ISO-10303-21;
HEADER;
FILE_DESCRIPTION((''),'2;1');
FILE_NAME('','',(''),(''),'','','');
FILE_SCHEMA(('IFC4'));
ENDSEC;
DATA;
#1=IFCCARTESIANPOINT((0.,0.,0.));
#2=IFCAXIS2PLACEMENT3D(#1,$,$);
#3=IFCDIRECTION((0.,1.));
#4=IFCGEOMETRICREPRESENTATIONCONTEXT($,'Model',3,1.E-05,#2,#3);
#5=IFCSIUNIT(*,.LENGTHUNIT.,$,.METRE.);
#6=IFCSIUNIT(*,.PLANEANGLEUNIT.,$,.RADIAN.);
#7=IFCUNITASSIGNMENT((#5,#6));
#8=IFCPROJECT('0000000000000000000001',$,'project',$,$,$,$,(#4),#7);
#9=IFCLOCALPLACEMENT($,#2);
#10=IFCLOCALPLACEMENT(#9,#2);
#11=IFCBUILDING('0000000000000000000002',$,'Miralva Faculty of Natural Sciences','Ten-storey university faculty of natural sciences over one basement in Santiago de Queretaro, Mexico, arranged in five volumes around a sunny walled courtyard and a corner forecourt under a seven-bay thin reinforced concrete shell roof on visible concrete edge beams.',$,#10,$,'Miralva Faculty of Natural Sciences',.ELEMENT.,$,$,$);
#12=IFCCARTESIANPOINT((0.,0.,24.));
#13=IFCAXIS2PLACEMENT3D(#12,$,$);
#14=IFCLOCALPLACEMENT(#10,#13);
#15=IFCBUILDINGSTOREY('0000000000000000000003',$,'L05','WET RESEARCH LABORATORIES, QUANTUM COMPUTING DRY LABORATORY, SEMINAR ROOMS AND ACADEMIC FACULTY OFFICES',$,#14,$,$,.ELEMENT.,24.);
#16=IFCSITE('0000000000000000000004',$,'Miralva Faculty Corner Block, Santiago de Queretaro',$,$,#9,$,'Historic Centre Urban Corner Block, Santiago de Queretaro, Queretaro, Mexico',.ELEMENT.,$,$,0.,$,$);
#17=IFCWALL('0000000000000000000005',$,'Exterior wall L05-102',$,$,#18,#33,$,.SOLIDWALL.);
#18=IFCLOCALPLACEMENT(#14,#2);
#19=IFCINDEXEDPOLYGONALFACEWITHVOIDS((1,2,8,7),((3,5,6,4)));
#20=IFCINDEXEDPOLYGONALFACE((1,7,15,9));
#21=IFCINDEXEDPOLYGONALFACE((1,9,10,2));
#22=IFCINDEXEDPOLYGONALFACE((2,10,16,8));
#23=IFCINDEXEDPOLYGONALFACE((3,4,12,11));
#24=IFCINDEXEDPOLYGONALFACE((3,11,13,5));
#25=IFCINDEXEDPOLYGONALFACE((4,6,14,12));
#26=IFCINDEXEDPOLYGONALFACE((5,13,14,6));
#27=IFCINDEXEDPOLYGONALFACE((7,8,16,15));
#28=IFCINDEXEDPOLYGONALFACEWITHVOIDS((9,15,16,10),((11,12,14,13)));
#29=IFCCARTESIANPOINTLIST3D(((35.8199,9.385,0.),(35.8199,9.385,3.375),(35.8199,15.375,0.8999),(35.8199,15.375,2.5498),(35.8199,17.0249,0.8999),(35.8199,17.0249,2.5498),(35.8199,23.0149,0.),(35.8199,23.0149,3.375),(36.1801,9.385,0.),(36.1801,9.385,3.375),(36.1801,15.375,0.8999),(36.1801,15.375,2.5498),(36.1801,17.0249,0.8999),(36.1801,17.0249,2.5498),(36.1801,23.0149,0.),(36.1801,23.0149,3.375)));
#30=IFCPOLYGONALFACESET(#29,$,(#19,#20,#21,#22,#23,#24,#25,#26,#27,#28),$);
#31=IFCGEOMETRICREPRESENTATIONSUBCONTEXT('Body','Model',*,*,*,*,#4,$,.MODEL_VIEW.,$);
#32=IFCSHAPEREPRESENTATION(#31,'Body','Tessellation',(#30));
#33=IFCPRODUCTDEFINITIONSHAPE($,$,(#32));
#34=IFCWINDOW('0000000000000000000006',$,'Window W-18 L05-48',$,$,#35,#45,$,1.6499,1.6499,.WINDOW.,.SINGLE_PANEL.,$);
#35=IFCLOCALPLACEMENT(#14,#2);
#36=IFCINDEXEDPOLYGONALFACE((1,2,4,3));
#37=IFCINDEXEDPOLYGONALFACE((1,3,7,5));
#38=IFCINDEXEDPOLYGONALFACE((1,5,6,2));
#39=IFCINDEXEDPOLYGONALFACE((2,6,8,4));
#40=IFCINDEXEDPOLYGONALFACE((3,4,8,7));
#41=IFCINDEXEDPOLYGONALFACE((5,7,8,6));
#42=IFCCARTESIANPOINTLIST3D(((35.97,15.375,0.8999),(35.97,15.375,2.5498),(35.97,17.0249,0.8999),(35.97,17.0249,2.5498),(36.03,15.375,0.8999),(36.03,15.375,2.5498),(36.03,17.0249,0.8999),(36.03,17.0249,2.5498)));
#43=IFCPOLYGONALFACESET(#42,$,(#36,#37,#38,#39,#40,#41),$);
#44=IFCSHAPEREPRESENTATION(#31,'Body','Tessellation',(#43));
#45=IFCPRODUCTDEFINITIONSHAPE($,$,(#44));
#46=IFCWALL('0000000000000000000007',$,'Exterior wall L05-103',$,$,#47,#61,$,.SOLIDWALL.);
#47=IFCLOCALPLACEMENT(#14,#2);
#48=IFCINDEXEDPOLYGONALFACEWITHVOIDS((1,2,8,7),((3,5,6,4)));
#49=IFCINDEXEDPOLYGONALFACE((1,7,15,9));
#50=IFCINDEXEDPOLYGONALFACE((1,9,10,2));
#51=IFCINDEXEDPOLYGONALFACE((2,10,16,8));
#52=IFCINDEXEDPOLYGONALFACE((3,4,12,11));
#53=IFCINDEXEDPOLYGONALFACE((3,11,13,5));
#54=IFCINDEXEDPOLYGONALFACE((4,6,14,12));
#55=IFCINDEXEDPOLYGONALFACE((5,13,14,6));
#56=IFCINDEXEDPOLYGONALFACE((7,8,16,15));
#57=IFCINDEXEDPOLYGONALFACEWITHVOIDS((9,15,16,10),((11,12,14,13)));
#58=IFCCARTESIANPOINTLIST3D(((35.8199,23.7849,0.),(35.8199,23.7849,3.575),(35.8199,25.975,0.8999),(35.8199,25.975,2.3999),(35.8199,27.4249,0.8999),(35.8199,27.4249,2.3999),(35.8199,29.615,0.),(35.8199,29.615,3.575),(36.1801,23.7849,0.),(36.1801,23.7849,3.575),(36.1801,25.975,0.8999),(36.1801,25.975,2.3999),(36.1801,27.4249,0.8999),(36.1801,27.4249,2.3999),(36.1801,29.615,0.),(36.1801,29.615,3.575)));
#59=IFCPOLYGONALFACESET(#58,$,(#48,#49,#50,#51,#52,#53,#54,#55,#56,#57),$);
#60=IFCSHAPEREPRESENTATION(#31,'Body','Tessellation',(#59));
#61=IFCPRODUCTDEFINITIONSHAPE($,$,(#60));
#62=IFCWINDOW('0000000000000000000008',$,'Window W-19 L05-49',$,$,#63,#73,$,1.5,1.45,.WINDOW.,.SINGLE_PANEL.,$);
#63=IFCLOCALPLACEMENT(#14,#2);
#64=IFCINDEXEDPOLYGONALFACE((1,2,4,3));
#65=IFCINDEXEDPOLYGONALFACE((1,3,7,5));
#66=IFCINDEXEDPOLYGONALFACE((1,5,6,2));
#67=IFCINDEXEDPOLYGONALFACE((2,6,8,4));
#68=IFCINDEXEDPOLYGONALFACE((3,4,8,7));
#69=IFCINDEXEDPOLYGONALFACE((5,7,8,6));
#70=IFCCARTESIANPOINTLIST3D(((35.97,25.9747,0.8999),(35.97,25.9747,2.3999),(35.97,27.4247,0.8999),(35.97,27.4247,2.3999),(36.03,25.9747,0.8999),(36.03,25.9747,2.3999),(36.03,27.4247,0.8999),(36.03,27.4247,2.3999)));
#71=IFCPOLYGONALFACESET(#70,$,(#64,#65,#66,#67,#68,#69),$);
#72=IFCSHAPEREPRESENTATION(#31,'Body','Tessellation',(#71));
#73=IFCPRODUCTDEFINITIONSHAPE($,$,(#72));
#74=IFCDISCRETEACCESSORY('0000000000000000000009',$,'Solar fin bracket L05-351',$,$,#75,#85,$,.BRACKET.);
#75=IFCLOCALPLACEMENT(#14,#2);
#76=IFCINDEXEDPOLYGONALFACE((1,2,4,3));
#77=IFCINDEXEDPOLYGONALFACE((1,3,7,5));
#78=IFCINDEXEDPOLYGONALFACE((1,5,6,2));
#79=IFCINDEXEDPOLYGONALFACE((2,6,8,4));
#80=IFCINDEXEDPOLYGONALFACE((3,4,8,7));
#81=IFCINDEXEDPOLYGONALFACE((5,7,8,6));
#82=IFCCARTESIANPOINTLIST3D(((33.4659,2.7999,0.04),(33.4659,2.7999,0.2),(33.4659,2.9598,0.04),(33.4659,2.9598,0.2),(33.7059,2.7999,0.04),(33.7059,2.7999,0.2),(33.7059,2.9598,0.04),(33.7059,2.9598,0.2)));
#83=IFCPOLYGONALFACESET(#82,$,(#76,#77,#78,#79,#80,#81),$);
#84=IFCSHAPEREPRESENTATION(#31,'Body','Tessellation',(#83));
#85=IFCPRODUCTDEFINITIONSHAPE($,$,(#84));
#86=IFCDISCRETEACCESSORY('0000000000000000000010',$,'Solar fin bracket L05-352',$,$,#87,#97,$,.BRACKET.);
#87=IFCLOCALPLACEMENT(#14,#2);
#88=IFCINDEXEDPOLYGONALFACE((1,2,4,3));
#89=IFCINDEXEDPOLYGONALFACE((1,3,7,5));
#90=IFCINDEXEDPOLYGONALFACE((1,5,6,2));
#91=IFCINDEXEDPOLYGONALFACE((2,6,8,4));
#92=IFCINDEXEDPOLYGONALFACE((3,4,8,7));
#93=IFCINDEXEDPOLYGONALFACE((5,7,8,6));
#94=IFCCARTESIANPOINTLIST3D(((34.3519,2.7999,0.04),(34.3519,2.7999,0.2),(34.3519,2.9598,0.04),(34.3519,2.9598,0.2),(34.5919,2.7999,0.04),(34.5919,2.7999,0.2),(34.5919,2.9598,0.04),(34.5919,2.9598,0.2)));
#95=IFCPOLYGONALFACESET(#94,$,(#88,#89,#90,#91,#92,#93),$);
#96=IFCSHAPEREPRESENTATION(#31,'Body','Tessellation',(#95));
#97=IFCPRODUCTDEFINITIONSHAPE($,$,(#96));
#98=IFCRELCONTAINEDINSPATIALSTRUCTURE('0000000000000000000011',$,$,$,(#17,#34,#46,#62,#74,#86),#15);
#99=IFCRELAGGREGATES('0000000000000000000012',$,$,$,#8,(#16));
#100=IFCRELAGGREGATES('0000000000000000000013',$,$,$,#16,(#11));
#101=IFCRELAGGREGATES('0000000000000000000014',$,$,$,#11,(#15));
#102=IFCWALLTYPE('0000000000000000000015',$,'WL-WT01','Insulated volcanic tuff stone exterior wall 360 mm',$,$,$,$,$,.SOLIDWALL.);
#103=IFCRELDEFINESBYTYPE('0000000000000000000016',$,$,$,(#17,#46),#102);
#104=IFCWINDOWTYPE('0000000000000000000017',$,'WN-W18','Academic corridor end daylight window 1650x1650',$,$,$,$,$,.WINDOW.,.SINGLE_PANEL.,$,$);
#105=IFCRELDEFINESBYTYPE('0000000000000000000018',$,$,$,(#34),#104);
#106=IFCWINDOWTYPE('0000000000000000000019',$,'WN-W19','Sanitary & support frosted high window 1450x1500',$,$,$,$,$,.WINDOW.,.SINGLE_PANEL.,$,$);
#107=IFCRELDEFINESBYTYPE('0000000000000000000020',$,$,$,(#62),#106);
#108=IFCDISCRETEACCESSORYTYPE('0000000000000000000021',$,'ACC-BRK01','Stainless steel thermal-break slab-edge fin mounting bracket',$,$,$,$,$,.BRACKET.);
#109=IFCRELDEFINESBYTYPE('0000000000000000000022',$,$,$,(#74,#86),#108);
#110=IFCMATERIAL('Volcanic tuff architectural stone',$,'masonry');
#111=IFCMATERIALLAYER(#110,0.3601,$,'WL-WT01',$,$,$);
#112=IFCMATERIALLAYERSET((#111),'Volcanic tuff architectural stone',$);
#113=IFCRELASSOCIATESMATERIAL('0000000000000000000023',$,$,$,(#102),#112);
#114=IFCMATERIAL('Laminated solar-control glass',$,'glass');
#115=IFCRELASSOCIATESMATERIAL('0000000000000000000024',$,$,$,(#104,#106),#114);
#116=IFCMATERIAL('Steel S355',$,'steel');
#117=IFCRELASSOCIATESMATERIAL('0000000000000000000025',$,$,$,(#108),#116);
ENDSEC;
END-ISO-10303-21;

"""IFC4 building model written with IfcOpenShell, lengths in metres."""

from ifc_helpers import new_model, si_unit, direction, frame, frame_2d, origin, origin_2d, place, context, subcontext, project, spatial, rectangle, extrude, material, layer, layer_set, type_object, element, fill, save


model = new_model("IFC4")

# Units and contexts
model_context = context("Model", 3, precision=1e-05, world=origin(), true_north=direction((0.0, 1.0)))
body_context = subcontext(model_context, "Body", "Model", "MODEL_VIEW")
ifc_project = project(units=[si_unit("LENGTHUNIT", "METRE"), si_unit("PLANEANGLEUNIT", "RADIAN")], contexts=[model_context])

# Site, building, storey
site_placement = place(None, origin())
site = spatial("IfcSite", under=ifc_project, at=site_placement, Name="Miralva Faculty Corner Block, Santiago de Queretaro", LongName="Historic Centre Urban Corner Block, Santiago de Queretaro, Queretaro, Mexico", CompositionType="ELEMENT", RefElevation=0.0)
building_placement = place(site_placement, origin())
building = spatial("IfcBuilding", under=site, at=building_placement, Name="Miralva Faculty of Natural Sciences", Description="Ten-storey university faculty of natural sciences over one basement in Santiago de Queretaro, Mexico, arranged in five volumes around a sunny walled courtyard and a corner forecourt under a seven-bay thin reinforced concrete shell roof on visible concrete edge beams.", LongName="Miralva Faculty of Natural Sciences", CompositionType="ELEMENT")
storey_placement = place(building_placement, frame((0.0, 0.0, 24.0)))
storey = spatial("IfcBuildingStorey", under=building, at=storey_placement, Name="L05", Description="WET RESEARCH LABORATORIES, QUANTUM COMPUTING DRY LABORATORY, SEMINAR ROOMS AND ACADEMIC FACULTY OFFICES", CompositionType="ELEMENT", Elevation=24.0)

# Shared definitions
ifc_material_1 = material(Name="Laminated solar-control glass", Category="glass")

# Shared definitions
ifc_material_2 = material(Name="Steel S355", Category="steel")

# Walls, openings, windows
ifc_material_3 = material(Name="Volcanic tuff architectural stone", Category="masonry")
ifc_layer_1 = layer(ifc_material_3, 0.3601, Name="WL-WT01")
ifc_layer_set_1 = layer_set([ifc_layer_1], Name="Volcanic tuff architectural stone")
wall_type = type_object("IfcWallType", Name="WL-WT01", Description="Insulated volcanic tuff stone exterior wall 360 mm", PredefinedType="SOLIDWALL", material=ifc_layer_set_1)
wall_1_placement = place(storey_placement, frame((36.0, 9.385, 0.0), z_axis=(0.0, 0.0, 1.0), x_axis=(0.0, 1.0, 0.0)))
wall_1 = element("IfcWall", 1, at=wall_1_placement, inside=storey, type_object=wall_type, Name="Exterior wall L05-102", PredefinedType="SOLIDWALL", context=body_context, shape_type="SweptSolid", body=[
    extrude(rectangle(XDim=13.6299, YDim=0.3601, at=frame_2d((6.8149, 0.0))), origin(), (0.0, 0.0, 1.0), 3.375),
])
opening_1_placement = place(wall_1_placement, frame((5.99, 0.0, 0.8999)))
opening_1 = element("IfcOpeningElement", 2, at=opening_1_placement, cuts=wall_1, PredefinedType="OPENING", context=body_context, shape_type="SweptSolid", body=[
    extrude(rectangle(XDim=1.6499, YDim=1.6499, at=frame_2d((0.825, 0.825))), frame((0.0, 0.1899, 0.0), z_axis=(0.0, -1.0, 0.0), x_axis=(1.0, 0.0, 0.0)), (0.0, 0.0, 1.0), 0.3801),
])
window_type_1 = type_object("IfcWindowType", Name="WN-W18", Description="Academic corridor end daylight window 1650x1650", PartitioningType="SINGLE_PANEL", PredefinedType="WINDOW", material=ifc_material_1)
window_1_placement = place(opening_1_placement, frame((1.6499, 0.0, 0.0), z_axis=(0.0, 0.0, 1.0), x_axis=(-1.0, 0.0, 0.0)))
window_1 = element("IfcWindow", 3, at=window_1_placement, inside=storey, type_object=window_type_1, Name="Window W-18 L05-48", OverallHeight=1.6499, OverallWidth=1.6499, PartitioningType="SINGLE_PANEL", PredefinedType="WINDOW", context=body_context, shape_type="SweptSolid", body=[
    extrude(rectangle(XDim=1.6499, YDim=1.6499, at=frame_2d((0.825, 0.825))), frame((0.0, 0.03, 0.0), z_axis=(0.0, -1.0, 0.0), x_axis=(1.0, 0.0, 0.0)), (0.0, 0.0, 1.0), 0.0601),
])
fill(opening_1, window_1)
wall_2_placement = place(storey_placement, frame((36.0, 23.7849, 0.0), z_axis=(0.0, 0.0, 1.0), x_axis=(0.0, 1.0, 0.0)))
wall_2 = element("IfcWall", 4, at=wall_2_placement, inside=storey, type_object=wall_type, Name="Exterior wall L05-103", PredefinedType="SOLIDWALL", context=body_context, shape_type="SweptSolid", body=[
    extrude(rectangle(XDim=5.8301, YDim=0.3601, at=frame_2d((2.915, 0.0))), origin(), (0.0, 0.0, 1.0), 3.575),
])
opening_2_placement = place(wall_2_placement, frame((2.1899, 0.0, 0.8999)))
opening_2 = element("IfcOpeningElement", 5, at=opening_2_placement, cuts=wall_2, PredefinedType="OPENING", context=body_context, shape_type="SweptSolid", body=[
    extrude(rectangle(XDim=1.45, YDim=1.5, at=frame_2d((0.7251, 0.75))), frame((0.0, 0.1899, 0.0), z_axis=(0.0, -1.0, 0.0), x_axis=(1.0, 0.0, 0.0)), (0.0, 0.0, 1.0), 0.3801),
])
window_type_2 = type_object("IfcWindowType", Name="WN-W19", Description="Sanitary & support frosted high window 1450x1500", PartitioningType="SINGLE_PANEL", PredefinedType="WINDOW", material=ifc_material_1)
window_2_placement = place(opening_2_placement, frame((1.45, 0.0, 0.0), z_axis=(0.0, 0.0, 1.0), x_axis=(-1.0, 0.0, 0.0)))
window_2 = element("IfcWindow", 6, at=window_2_placement, inside=storey, type_object=window_type_2, Name="Window W-19 L05-49", OverallHeight=1.5, OverallWidth=1.45, PartitioningType="SINGLE_PANEL", PredefinedType="WINDOW", context=body_context, shape_type="SweptSolid", body=[
    extrude(rectangle(XDim=1.45, YDim=1.5, at=frame_2d((0.7251, 0.75))), frame((0.0, 0.03, 0.0), z_axis=(0.0, -1.0, 0.0), x_axis=(1.0, 0.0, 0.0)), (0.0, 0.0, 1.0), 0.0601),
])
fill(opening_2, window_2)

# Discrete accessories
discrete_accessory_type = type_object("IfcDiscreteAccessoryType", Name="ACC-BRK01", Description="Stainless steel thermal-break slab-edge fin mounting bracket", PredefinedType="BRACKET", material=ifc_material_2)
for number, where, z_axis, x_axis, name in (
    (7, (33.5859, 2.8799, 0.04), (0.0, 0.0, 1.0), (0.0, -1.0, 0.0), "Solar fin bracket L05-351"),
    (8, (34.4719, 2.8799, 0.04), (0.0, 0.0, 1.0), (0.0, -1.0, 0.0), "Solar fin bracket L05-352"),
):
    element("IfcDiscreteAccessory", number, at=place(storey_placement, frame(where, z_axis=z_axis, x_axis=x_axis)), inside=storey, type_object=discrete_accessory_type, Name=name, PredefinedType="BRACKET", context=body_context, shape_type="SweptSolid", body=[
        extrude(rectangle(XDim=0.1599, YDim=0.24, at=origin_2d()), origin(), (0.0, 0.0, 1.0), 0.1599),
    ])

save(model, "model.ifc")
